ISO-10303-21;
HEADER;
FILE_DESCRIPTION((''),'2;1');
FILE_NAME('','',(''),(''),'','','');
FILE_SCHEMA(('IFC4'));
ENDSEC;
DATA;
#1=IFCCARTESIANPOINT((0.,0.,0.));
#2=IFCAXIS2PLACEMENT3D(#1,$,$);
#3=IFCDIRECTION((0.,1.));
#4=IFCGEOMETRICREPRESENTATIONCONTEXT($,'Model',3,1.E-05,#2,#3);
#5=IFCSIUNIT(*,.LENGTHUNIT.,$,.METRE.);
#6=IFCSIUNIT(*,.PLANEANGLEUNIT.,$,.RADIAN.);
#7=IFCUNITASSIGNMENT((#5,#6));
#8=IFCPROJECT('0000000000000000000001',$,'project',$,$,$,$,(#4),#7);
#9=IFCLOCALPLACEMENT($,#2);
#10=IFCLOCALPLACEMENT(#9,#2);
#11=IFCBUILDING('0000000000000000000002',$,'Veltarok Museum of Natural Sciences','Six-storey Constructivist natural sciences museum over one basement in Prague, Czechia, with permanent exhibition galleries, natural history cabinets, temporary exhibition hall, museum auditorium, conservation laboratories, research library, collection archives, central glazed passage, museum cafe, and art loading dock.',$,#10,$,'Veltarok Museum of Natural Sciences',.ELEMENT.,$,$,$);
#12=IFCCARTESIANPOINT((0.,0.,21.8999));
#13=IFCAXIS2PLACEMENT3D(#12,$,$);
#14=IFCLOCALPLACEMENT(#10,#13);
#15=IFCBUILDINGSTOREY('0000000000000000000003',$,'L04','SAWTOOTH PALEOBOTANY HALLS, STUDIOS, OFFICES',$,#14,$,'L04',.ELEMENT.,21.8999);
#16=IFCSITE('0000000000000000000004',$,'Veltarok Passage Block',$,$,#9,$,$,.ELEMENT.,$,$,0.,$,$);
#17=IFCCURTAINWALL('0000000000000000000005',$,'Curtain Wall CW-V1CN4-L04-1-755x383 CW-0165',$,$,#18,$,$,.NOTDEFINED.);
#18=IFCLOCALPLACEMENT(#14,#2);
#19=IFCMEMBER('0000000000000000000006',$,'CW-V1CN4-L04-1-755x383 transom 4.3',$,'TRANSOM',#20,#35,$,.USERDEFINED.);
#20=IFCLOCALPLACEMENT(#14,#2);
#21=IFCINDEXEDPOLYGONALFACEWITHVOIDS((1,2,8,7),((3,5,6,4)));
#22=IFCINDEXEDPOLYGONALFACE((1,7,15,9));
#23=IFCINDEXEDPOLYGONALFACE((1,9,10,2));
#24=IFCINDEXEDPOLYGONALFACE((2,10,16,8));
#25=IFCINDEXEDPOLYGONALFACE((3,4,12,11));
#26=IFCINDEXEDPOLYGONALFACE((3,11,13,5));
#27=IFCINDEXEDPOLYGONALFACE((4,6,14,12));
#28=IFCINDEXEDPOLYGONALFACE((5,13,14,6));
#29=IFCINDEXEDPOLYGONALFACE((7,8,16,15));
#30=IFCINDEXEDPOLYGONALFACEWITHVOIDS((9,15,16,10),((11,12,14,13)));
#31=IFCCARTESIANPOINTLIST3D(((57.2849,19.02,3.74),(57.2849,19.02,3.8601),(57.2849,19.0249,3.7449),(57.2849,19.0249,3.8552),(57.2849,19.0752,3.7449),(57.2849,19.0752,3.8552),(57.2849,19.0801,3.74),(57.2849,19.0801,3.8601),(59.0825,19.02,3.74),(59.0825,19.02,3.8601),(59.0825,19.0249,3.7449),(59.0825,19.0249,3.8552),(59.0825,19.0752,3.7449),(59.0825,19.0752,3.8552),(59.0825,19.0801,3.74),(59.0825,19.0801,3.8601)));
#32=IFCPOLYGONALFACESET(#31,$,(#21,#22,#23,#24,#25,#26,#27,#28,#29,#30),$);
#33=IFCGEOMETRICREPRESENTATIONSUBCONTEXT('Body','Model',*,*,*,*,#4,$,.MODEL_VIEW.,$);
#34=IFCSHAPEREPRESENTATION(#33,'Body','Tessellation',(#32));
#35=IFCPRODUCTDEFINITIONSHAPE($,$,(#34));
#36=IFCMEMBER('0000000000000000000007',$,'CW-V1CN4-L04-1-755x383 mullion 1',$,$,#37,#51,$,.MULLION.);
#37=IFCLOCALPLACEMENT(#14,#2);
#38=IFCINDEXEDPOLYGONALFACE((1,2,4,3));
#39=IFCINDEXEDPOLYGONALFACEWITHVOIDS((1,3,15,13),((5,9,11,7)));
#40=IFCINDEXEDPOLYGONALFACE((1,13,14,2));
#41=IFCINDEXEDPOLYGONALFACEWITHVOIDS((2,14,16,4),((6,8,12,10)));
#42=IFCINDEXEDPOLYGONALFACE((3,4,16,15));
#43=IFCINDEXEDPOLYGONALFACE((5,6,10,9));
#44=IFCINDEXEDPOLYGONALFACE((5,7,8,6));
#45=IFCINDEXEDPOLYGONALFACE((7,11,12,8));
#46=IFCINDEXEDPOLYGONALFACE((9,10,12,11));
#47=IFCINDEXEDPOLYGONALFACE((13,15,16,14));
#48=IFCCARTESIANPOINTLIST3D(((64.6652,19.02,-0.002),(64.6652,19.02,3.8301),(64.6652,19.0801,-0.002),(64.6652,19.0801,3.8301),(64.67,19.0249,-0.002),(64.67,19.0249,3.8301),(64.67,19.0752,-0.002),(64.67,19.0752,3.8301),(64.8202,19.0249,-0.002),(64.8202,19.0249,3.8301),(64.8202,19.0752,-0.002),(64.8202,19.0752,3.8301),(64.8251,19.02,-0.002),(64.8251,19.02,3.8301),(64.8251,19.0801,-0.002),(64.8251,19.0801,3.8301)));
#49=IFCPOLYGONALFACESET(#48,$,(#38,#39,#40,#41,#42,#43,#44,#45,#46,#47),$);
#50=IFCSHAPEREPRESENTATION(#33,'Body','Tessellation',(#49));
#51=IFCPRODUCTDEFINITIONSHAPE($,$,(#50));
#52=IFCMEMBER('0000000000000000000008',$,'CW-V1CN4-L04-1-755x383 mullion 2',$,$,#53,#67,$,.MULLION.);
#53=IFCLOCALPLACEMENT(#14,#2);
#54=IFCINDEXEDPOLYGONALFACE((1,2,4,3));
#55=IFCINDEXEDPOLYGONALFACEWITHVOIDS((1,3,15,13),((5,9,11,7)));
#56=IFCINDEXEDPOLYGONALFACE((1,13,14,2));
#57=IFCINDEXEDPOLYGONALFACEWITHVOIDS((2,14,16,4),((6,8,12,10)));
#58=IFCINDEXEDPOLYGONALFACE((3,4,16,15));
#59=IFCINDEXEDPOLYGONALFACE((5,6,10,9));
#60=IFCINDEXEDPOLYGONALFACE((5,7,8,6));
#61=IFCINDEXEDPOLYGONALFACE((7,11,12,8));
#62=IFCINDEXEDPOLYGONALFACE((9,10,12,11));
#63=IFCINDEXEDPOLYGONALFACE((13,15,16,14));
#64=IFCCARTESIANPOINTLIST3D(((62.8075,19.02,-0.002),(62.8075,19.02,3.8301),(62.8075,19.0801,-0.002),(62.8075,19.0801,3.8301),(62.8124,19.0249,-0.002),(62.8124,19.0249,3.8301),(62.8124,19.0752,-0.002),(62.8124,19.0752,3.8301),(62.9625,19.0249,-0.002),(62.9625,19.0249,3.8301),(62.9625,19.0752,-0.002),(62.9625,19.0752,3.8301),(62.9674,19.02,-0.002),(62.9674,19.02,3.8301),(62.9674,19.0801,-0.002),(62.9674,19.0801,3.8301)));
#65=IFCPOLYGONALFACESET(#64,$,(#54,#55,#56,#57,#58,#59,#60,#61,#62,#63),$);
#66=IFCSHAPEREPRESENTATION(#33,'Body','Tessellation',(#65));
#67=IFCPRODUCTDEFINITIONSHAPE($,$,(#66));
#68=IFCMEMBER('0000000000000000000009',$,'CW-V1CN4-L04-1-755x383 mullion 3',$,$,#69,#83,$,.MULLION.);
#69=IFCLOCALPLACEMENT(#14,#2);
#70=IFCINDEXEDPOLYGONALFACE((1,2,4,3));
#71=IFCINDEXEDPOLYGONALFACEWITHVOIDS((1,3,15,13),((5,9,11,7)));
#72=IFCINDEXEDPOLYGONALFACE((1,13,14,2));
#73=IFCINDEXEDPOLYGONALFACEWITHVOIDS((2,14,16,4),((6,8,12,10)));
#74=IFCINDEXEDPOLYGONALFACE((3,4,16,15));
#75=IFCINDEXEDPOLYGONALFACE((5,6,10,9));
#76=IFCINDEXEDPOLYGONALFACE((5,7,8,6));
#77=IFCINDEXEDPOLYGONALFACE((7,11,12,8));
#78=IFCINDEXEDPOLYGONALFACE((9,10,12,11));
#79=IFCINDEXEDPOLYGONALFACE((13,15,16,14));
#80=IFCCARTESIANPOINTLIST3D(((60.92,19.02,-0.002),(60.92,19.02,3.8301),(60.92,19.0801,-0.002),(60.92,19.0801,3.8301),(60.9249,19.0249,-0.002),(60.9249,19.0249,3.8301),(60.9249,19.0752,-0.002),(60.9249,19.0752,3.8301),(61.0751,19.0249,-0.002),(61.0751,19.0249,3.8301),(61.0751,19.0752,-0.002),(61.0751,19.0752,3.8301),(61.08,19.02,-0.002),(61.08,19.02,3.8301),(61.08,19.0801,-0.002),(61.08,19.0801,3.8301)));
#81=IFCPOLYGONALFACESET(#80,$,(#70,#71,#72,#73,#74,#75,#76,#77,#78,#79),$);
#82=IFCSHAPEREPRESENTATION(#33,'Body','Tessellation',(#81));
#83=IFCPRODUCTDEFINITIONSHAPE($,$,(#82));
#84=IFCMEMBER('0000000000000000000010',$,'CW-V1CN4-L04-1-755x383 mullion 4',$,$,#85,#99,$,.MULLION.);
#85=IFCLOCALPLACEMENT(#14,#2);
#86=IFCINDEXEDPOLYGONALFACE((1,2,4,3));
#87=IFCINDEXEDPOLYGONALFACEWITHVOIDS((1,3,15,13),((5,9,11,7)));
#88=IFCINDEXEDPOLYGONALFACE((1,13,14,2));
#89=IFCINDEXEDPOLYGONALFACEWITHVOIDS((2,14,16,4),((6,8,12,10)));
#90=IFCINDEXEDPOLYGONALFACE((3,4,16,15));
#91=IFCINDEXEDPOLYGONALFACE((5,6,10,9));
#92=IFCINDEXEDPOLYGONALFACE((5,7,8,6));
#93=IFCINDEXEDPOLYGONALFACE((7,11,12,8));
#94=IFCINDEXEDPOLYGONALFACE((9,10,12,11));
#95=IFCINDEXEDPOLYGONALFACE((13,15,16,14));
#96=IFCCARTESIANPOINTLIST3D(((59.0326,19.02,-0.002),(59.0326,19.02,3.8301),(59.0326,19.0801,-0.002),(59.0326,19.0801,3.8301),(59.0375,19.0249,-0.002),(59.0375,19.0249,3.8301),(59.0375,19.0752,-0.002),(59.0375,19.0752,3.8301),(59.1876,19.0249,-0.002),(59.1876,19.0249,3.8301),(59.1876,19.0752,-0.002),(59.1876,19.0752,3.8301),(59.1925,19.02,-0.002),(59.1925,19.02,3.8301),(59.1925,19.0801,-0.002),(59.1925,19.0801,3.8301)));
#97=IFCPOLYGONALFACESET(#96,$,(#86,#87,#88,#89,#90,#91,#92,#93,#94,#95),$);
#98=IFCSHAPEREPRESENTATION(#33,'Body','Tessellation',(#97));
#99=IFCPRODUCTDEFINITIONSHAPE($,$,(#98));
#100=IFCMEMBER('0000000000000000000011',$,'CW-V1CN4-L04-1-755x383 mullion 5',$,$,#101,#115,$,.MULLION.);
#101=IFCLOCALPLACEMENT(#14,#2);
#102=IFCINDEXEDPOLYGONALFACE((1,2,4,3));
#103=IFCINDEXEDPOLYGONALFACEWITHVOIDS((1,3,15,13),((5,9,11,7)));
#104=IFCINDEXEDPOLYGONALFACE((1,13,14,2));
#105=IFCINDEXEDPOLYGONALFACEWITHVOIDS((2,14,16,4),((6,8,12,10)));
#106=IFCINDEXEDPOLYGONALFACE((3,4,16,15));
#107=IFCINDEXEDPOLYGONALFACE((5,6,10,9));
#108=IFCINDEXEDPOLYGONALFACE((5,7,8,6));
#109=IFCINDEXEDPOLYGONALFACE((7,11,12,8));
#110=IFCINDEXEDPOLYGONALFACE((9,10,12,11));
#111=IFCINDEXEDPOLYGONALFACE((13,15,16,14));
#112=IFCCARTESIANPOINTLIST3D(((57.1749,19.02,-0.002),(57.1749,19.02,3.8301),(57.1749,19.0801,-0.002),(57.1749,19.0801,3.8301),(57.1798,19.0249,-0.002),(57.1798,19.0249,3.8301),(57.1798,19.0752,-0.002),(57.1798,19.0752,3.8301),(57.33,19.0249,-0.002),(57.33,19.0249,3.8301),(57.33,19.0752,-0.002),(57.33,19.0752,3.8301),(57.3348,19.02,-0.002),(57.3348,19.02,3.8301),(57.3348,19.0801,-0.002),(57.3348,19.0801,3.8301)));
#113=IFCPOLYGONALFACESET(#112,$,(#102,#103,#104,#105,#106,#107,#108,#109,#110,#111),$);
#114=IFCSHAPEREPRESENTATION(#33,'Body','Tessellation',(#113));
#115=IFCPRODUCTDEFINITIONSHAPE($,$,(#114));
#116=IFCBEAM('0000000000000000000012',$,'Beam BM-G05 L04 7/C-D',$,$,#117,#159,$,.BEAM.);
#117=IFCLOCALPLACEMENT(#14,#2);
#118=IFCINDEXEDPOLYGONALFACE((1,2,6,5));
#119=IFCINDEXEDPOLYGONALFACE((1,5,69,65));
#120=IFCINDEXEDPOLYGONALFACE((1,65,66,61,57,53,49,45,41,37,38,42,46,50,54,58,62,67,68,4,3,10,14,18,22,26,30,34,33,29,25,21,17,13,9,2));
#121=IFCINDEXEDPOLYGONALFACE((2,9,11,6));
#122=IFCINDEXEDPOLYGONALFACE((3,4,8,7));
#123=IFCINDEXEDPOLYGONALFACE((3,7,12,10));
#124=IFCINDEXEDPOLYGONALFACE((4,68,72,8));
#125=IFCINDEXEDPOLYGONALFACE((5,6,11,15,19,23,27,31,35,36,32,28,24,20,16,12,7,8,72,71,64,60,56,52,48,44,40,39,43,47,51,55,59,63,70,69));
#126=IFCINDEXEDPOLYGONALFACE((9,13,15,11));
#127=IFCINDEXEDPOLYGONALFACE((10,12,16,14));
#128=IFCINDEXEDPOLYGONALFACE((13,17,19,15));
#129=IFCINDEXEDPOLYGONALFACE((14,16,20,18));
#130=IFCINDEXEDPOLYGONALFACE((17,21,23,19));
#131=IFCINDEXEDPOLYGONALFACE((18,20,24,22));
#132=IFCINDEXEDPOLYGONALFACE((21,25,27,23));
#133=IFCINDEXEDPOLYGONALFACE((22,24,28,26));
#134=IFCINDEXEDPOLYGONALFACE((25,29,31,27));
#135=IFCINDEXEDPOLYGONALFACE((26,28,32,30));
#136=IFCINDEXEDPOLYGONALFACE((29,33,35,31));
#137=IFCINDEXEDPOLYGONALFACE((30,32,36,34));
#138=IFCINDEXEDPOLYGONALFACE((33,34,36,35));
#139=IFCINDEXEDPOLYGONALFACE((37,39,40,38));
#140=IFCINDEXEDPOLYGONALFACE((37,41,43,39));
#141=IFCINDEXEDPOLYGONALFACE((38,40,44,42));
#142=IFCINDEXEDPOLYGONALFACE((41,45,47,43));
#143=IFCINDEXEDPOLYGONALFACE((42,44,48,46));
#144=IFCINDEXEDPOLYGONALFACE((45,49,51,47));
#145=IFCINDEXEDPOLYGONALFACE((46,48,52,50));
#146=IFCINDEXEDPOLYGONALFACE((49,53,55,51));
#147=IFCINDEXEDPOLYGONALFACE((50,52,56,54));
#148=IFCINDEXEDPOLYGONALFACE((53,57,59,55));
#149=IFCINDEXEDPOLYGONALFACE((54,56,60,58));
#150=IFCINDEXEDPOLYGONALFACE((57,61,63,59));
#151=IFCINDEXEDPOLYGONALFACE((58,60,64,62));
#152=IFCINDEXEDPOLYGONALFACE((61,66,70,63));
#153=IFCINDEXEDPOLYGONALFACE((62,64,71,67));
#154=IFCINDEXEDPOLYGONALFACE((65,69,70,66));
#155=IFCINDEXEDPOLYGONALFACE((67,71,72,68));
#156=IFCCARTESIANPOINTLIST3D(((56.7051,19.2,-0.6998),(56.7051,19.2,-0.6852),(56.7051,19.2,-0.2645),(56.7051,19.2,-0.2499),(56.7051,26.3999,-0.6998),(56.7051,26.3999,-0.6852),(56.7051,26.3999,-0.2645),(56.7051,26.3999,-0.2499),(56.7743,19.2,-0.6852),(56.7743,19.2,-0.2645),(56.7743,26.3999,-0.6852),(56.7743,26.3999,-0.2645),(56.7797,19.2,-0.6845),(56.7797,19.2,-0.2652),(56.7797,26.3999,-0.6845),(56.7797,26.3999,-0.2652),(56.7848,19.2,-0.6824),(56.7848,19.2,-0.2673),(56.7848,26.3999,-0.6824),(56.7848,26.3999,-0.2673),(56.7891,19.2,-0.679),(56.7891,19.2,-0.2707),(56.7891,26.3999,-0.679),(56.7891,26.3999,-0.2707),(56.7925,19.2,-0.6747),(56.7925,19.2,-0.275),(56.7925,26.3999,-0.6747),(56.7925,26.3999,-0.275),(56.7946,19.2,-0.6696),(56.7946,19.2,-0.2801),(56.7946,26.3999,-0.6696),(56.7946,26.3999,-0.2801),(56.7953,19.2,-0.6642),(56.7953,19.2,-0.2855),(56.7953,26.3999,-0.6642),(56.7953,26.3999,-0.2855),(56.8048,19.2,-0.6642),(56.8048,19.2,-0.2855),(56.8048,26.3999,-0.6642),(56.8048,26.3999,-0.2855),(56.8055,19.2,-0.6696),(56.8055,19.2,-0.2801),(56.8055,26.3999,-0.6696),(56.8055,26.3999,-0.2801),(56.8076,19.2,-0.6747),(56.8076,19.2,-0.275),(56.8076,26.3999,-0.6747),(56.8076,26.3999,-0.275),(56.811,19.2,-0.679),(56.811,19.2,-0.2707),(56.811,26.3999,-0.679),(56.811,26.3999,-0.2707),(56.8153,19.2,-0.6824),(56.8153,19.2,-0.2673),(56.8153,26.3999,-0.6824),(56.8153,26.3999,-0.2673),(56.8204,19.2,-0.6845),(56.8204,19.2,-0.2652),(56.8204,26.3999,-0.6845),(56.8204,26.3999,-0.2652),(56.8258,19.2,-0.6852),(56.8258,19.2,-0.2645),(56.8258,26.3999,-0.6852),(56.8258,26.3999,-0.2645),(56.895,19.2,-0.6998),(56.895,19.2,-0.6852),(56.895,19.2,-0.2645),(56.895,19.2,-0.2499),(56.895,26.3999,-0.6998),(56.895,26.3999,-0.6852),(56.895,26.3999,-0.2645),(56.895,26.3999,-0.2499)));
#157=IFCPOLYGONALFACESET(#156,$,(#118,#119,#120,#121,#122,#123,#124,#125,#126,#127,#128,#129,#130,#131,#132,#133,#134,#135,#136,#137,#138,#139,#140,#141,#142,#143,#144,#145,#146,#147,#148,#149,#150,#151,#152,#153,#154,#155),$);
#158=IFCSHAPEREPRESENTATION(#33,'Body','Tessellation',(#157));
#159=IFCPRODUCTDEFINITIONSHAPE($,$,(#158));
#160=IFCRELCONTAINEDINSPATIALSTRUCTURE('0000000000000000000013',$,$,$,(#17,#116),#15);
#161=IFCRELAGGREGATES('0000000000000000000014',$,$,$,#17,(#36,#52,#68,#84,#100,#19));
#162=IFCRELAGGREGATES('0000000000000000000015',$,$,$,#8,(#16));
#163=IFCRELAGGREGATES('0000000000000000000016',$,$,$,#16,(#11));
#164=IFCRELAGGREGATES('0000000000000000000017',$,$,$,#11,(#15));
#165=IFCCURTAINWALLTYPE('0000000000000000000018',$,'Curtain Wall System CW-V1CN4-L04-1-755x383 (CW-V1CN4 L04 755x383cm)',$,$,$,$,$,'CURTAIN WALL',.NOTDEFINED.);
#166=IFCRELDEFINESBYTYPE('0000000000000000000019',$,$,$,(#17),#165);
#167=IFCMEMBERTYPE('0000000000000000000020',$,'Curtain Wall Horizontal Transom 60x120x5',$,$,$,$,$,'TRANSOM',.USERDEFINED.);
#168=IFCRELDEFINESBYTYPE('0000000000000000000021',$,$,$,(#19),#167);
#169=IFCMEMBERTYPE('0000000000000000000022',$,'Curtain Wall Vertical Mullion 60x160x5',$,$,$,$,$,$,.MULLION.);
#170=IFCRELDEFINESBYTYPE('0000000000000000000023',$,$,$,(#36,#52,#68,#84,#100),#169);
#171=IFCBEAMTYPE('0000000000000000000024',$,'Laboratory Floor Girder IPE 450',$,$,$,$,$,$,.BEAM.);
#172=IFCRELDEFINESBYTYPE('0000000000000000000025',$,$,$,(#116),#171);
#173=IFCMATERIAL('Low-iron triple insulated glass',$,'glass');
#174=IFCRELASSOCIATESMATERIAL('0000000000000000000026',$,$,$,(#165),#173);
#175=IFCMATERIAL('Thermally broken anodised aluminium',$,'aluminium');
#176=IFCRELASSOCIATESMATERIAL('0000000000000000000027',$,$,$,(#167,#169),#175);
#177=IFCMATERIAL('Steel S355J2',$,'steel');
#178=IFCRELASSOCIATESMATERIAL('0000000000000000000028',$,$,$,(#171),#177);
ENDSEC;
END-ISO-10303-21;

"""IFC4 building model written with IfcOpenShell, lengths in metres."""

from ifc_helpers import new_model, si_unit, direction, frame, origin, origin_2d, place, context, subcontext, project, spatial, hollow_rectangle, i_section, extrude, material, material_profile, profile_set, type_object, element, aggregate, save


model = new_model("IFC4")

# Units and contexts
model_context = context("Model", 3, precision=1e-05, world=origin(), true_north=direction((0.0, 1.0)))
body_context = subcontext(model_context, "Body", "Model", "MODEL_VIEW")
ifc_project = project(units=[si_unit("LENGTHUNIT", "METRE"), si_unit("PLANEANGLEUNIT", "RADIAN")], contexts=[model_context])

# Site, building, storey
site_placement = place(None, origin())
site = spatial("IfcSite", under=ifc_project, at=site_placement, Name="Veltarok Passage Block", CompositionType="ELEMENT", RefElevation=0.0)
building_placement = place(site_placement, origin())
building = spatial("IfcBuilding", under=site, at=building_placement, Name="Veltarok Museum of Natural Sciences", Description="Six-storey Constructivist natural sciences museum over one basement in Prague, Czechia, with permanent exhibition galleries, natural history cabinets, temporary exhibition hall, museum auditorium, conservation laboratories, research library, collection archives, central glazed passage, museum cafe, and art loading dock.", LongName="Veltarok Museum of Natural Sciences", CompositionType="ELEMENT")
storey_placement = place(building_placement, frame((0.0, 0.0, 21.8999)))
storey = spatial("IfcBuildingStorey", under=building, at=storey_placement, Name="L04", Description="SAWTOOTH PALEOBOTANY HALLS, STUDIOS, OFFICES", LongName="L04", CompositionType="ELEMENT", Elevation=21.8999)

# Curtain wall, members
ifc_material_1 = material(Name="Low-iron triple insulated glass", Category="glass")
curtain_wall_type = type_object("IfcCurtainWallType", Name="Curtain Wall System CW-V1CN4-L04-1-755x383 (CW-V1CN4 L04 755x383cm)", ElementType="CURTAIN WALL", PredefinedType="NOTDEFINED", material=ifc_material_1)
curtain_wall_placement = place(storey_placement, origin())
curtain_wall = element("IfcCurtainWall", 1, at=curtain_wall_placement, inside=storey, type_object=curtain_wall_type, Name="Curtain Wall CW-V1CN4-L04-1-755x383 CW-0165", PredefinedType="NOTDEFINED")
ifc_material_2 = material(Name="Thermally broken anodised aluminium", Category="aluminium")
ifc_material_profile_1 = material_profile(ifc_material_2, hollow_rectangle(XDim=0.0601, YDim=0.1201, WallThickness=0.0049, at=origin_2d()), Name="CW TRANSOM 60x120x5")
ifc_profile_set_1 = profile_set([ifc_material_profile_1], Name="Thermally broken anodised aluminium")
member_type_1 = type_object("IfcMemberType", Name="Curtain Wall Horizontal Transom 60x120x5", ElementType="TRANSOM", PredefinedType="USERDEFINED", material=ifc_profile_set_1)
member_1_placement = place(storey_placement, frame((59.0825, 19.05, 3.8), z_axis=(-1.0, 0.0, 0.0), x_axis=(0.0, -1.0, 0.0)))
member_1 = element("IfcMember", 2, at=member_1_placement, type_object=member_type_1, Name="CW-V1CN4-L04-1-755x383 transom 4.3", ObjectType="TRANSOM", PredefinedType="USERDEFINED", context=body_context, shape_type="SweptSolid", body=[
    extrude(hollow_rectangle(XDim=0.0601, YDim=0.1201, WallThickness=0.0049, at=origin_2d()), origin(), (0.0, 0.0, 1.0), 1.7976),
])
ifc_material_profile_2 = material_profile(ifc_material_2, hollow_rectangle(XDim=0.0601, YDim=0.1599, WallThickness=0.0049, at=origin_2d()), Name="CW MULLION 60x160x5")
ifc_profile_set_2 = profile_set([ifc_material_profile_2], Name="Thermally broken anodised aluminium")
member_type_2 = type_object("IfcMemberType", Name="Curtain Wall Vertical Mullion 60x160x5", PredefinedType="MULLION", material=ifc_profile_set_2)
member_2_placement = place(storey_placement, frame((64.7451, 19.05, -0.002), z_axis=(0.0, 0.0, 1.0), x_axis=(0.0, -1.0, 0.0)))
member_2 = element("IfcMember", 3, at=member_2_placement, type_object=member_type_2, Name="CW-V1CN4-L04-1-755x383 mullion 1", PredefinedType="MULLION", context=body_context, shape_type="SweptSolid", body=[
    extrude(hollow_rectangle(XDim=0.0601, YDim=0.1599, WallThickness=0.0049, at=origin_2d()), origin(), (0.0, 0.0, 1.0), 3.832),
])
member_3_placement = place(storey_placement, frame((62.8875, 19.05, -0.002), z_axis=(0.0, 0.0, 1.0), x_axis=(0.0, -1.0, 0.0)))
member_3 = element("IfcMember", 4, at=member_3_placement, type_object=member_type_2, Name="CW-V1CN4-L04-1-755x383 mullion 2", PredefinedType="MULLION", context=body_context, shape_type="SweptSolid", body=[
    extrude(hollow_rectangle(XDim=0.0601, YDim=0.1599, WallThickness=0.0049, at=origin_2d()), origin(), (0.0, 0.0, 1.0), 3.832),
])
member_4_placement = place(storey_placement, frame((61.0, 19.05, -0.002), z_axis=(0.0, 0.0, 1.0), x_axis=(0.0, -1.0, 0.0)))
member_4 = element("IfcMember", 5, at=member_4_placement, type_object=member_type_2, Name="CW-V1CN4-L04-1-755x383 mullion 3", PredefinedType="MULLION", context=body_context, shape_type="SweptSolid", body=[
    extrude(hollow_rectangle(XDim=0.0601, YDim=0.1599, WallThickness=0.0049, at=origin_2d()), origin(), (0.0, 0.0, 1.0), 3.832),
])
member_5_placement = place(storey_placement, frame((59.1125, 19.05, -0.002), z_axis=(0.0, 0.0, 1.0), x_axis=(0.0, -1.0, 0.0)))
member_5 = element("IfcMember", 6, at=member_5_placement, type_object=member_type_2, Name="CW-V1CN4-L04-1-755x383 mullion 4", PredefinedType="MULLION", context=body_context, shape_type="SweptSolid", body=[
    extrude(hollow_rectangle(XDim=0.0601, YDim=0.1599, WallThickness=0.0049, at=origin_2d()), origin(), (0.0, 0.0, 1.0), 3.832),
])
member_6_placement = place(storey_placement, frame((57.2549, 19.05, -0.002), z_axis=(0.0, 0.0, 1.0), x_axis=(0.0, -1.0, 0.0)))
member_6 = element("IfcMember", 7, at=member_6_placement, type_object=member_type_2, Name="CW-V1CN4-L04-1-755x383 mullion 5", PredefinedType="MULLION", context=body_context, shape_type="SweptSolid", body=[
    extrude(hollow_rectangle(XDim=0.0601, YDim=0.1599, WallThickness=0.0049, at=origin_2d()), origin(), (0.0, 0.0, 1.0), 3.832),
])

# Beam
ifc_material_3 = material(Name="Steel S355J2", Category="steel")
ifc_material_profile_3 = material_profile(ifc_material_3, i_section(OverallWidth=0.1899, OverallDepth=0.45, WebThickness=0.0095, FlangeThickness=0.0146, FilletRadius=0.021, at=origin_2d()), Name="IPE 450")
ifc_profile_set_3 = profile_set([ifc_material_profile_3], Name="Steel S355J2")
beam_type_1 = type_object("IfcBeamType", Name="Laboratory Floor Girder IPE 450", PredefinedType="BEAM", material=ifc_profile_set_3)
beam_1_placement = place(storey_placement, frame((56.8, 19.2, -0.4749), z_axis=(0.0, 1.0, 0.0), x_axis=(-1.0, 0.0, 0.0)))
element("IfcBeam", 8, at=beam_1_placement, inside=storey, type_object=beam_type_1, Name="Beam BM-G05 L04 7/C-D", PredefinedType="BEAM", context=body_context, shape_type="SweptSolid", body=[
    extrude(i_section(OverallWidth=0.1899, OverallDepth=0.45, WebThickness=0.0095, FlangeThickness=0.0146, FilletRadius=0.021, at=origin_2d()), origin(), (0.0, 0.0, 1.0), 7.2),
])

aggregate(curtain_wall, [member_2, member_3, member_4, member_5, member_6, member_1])

save(model, "model.ifc")
